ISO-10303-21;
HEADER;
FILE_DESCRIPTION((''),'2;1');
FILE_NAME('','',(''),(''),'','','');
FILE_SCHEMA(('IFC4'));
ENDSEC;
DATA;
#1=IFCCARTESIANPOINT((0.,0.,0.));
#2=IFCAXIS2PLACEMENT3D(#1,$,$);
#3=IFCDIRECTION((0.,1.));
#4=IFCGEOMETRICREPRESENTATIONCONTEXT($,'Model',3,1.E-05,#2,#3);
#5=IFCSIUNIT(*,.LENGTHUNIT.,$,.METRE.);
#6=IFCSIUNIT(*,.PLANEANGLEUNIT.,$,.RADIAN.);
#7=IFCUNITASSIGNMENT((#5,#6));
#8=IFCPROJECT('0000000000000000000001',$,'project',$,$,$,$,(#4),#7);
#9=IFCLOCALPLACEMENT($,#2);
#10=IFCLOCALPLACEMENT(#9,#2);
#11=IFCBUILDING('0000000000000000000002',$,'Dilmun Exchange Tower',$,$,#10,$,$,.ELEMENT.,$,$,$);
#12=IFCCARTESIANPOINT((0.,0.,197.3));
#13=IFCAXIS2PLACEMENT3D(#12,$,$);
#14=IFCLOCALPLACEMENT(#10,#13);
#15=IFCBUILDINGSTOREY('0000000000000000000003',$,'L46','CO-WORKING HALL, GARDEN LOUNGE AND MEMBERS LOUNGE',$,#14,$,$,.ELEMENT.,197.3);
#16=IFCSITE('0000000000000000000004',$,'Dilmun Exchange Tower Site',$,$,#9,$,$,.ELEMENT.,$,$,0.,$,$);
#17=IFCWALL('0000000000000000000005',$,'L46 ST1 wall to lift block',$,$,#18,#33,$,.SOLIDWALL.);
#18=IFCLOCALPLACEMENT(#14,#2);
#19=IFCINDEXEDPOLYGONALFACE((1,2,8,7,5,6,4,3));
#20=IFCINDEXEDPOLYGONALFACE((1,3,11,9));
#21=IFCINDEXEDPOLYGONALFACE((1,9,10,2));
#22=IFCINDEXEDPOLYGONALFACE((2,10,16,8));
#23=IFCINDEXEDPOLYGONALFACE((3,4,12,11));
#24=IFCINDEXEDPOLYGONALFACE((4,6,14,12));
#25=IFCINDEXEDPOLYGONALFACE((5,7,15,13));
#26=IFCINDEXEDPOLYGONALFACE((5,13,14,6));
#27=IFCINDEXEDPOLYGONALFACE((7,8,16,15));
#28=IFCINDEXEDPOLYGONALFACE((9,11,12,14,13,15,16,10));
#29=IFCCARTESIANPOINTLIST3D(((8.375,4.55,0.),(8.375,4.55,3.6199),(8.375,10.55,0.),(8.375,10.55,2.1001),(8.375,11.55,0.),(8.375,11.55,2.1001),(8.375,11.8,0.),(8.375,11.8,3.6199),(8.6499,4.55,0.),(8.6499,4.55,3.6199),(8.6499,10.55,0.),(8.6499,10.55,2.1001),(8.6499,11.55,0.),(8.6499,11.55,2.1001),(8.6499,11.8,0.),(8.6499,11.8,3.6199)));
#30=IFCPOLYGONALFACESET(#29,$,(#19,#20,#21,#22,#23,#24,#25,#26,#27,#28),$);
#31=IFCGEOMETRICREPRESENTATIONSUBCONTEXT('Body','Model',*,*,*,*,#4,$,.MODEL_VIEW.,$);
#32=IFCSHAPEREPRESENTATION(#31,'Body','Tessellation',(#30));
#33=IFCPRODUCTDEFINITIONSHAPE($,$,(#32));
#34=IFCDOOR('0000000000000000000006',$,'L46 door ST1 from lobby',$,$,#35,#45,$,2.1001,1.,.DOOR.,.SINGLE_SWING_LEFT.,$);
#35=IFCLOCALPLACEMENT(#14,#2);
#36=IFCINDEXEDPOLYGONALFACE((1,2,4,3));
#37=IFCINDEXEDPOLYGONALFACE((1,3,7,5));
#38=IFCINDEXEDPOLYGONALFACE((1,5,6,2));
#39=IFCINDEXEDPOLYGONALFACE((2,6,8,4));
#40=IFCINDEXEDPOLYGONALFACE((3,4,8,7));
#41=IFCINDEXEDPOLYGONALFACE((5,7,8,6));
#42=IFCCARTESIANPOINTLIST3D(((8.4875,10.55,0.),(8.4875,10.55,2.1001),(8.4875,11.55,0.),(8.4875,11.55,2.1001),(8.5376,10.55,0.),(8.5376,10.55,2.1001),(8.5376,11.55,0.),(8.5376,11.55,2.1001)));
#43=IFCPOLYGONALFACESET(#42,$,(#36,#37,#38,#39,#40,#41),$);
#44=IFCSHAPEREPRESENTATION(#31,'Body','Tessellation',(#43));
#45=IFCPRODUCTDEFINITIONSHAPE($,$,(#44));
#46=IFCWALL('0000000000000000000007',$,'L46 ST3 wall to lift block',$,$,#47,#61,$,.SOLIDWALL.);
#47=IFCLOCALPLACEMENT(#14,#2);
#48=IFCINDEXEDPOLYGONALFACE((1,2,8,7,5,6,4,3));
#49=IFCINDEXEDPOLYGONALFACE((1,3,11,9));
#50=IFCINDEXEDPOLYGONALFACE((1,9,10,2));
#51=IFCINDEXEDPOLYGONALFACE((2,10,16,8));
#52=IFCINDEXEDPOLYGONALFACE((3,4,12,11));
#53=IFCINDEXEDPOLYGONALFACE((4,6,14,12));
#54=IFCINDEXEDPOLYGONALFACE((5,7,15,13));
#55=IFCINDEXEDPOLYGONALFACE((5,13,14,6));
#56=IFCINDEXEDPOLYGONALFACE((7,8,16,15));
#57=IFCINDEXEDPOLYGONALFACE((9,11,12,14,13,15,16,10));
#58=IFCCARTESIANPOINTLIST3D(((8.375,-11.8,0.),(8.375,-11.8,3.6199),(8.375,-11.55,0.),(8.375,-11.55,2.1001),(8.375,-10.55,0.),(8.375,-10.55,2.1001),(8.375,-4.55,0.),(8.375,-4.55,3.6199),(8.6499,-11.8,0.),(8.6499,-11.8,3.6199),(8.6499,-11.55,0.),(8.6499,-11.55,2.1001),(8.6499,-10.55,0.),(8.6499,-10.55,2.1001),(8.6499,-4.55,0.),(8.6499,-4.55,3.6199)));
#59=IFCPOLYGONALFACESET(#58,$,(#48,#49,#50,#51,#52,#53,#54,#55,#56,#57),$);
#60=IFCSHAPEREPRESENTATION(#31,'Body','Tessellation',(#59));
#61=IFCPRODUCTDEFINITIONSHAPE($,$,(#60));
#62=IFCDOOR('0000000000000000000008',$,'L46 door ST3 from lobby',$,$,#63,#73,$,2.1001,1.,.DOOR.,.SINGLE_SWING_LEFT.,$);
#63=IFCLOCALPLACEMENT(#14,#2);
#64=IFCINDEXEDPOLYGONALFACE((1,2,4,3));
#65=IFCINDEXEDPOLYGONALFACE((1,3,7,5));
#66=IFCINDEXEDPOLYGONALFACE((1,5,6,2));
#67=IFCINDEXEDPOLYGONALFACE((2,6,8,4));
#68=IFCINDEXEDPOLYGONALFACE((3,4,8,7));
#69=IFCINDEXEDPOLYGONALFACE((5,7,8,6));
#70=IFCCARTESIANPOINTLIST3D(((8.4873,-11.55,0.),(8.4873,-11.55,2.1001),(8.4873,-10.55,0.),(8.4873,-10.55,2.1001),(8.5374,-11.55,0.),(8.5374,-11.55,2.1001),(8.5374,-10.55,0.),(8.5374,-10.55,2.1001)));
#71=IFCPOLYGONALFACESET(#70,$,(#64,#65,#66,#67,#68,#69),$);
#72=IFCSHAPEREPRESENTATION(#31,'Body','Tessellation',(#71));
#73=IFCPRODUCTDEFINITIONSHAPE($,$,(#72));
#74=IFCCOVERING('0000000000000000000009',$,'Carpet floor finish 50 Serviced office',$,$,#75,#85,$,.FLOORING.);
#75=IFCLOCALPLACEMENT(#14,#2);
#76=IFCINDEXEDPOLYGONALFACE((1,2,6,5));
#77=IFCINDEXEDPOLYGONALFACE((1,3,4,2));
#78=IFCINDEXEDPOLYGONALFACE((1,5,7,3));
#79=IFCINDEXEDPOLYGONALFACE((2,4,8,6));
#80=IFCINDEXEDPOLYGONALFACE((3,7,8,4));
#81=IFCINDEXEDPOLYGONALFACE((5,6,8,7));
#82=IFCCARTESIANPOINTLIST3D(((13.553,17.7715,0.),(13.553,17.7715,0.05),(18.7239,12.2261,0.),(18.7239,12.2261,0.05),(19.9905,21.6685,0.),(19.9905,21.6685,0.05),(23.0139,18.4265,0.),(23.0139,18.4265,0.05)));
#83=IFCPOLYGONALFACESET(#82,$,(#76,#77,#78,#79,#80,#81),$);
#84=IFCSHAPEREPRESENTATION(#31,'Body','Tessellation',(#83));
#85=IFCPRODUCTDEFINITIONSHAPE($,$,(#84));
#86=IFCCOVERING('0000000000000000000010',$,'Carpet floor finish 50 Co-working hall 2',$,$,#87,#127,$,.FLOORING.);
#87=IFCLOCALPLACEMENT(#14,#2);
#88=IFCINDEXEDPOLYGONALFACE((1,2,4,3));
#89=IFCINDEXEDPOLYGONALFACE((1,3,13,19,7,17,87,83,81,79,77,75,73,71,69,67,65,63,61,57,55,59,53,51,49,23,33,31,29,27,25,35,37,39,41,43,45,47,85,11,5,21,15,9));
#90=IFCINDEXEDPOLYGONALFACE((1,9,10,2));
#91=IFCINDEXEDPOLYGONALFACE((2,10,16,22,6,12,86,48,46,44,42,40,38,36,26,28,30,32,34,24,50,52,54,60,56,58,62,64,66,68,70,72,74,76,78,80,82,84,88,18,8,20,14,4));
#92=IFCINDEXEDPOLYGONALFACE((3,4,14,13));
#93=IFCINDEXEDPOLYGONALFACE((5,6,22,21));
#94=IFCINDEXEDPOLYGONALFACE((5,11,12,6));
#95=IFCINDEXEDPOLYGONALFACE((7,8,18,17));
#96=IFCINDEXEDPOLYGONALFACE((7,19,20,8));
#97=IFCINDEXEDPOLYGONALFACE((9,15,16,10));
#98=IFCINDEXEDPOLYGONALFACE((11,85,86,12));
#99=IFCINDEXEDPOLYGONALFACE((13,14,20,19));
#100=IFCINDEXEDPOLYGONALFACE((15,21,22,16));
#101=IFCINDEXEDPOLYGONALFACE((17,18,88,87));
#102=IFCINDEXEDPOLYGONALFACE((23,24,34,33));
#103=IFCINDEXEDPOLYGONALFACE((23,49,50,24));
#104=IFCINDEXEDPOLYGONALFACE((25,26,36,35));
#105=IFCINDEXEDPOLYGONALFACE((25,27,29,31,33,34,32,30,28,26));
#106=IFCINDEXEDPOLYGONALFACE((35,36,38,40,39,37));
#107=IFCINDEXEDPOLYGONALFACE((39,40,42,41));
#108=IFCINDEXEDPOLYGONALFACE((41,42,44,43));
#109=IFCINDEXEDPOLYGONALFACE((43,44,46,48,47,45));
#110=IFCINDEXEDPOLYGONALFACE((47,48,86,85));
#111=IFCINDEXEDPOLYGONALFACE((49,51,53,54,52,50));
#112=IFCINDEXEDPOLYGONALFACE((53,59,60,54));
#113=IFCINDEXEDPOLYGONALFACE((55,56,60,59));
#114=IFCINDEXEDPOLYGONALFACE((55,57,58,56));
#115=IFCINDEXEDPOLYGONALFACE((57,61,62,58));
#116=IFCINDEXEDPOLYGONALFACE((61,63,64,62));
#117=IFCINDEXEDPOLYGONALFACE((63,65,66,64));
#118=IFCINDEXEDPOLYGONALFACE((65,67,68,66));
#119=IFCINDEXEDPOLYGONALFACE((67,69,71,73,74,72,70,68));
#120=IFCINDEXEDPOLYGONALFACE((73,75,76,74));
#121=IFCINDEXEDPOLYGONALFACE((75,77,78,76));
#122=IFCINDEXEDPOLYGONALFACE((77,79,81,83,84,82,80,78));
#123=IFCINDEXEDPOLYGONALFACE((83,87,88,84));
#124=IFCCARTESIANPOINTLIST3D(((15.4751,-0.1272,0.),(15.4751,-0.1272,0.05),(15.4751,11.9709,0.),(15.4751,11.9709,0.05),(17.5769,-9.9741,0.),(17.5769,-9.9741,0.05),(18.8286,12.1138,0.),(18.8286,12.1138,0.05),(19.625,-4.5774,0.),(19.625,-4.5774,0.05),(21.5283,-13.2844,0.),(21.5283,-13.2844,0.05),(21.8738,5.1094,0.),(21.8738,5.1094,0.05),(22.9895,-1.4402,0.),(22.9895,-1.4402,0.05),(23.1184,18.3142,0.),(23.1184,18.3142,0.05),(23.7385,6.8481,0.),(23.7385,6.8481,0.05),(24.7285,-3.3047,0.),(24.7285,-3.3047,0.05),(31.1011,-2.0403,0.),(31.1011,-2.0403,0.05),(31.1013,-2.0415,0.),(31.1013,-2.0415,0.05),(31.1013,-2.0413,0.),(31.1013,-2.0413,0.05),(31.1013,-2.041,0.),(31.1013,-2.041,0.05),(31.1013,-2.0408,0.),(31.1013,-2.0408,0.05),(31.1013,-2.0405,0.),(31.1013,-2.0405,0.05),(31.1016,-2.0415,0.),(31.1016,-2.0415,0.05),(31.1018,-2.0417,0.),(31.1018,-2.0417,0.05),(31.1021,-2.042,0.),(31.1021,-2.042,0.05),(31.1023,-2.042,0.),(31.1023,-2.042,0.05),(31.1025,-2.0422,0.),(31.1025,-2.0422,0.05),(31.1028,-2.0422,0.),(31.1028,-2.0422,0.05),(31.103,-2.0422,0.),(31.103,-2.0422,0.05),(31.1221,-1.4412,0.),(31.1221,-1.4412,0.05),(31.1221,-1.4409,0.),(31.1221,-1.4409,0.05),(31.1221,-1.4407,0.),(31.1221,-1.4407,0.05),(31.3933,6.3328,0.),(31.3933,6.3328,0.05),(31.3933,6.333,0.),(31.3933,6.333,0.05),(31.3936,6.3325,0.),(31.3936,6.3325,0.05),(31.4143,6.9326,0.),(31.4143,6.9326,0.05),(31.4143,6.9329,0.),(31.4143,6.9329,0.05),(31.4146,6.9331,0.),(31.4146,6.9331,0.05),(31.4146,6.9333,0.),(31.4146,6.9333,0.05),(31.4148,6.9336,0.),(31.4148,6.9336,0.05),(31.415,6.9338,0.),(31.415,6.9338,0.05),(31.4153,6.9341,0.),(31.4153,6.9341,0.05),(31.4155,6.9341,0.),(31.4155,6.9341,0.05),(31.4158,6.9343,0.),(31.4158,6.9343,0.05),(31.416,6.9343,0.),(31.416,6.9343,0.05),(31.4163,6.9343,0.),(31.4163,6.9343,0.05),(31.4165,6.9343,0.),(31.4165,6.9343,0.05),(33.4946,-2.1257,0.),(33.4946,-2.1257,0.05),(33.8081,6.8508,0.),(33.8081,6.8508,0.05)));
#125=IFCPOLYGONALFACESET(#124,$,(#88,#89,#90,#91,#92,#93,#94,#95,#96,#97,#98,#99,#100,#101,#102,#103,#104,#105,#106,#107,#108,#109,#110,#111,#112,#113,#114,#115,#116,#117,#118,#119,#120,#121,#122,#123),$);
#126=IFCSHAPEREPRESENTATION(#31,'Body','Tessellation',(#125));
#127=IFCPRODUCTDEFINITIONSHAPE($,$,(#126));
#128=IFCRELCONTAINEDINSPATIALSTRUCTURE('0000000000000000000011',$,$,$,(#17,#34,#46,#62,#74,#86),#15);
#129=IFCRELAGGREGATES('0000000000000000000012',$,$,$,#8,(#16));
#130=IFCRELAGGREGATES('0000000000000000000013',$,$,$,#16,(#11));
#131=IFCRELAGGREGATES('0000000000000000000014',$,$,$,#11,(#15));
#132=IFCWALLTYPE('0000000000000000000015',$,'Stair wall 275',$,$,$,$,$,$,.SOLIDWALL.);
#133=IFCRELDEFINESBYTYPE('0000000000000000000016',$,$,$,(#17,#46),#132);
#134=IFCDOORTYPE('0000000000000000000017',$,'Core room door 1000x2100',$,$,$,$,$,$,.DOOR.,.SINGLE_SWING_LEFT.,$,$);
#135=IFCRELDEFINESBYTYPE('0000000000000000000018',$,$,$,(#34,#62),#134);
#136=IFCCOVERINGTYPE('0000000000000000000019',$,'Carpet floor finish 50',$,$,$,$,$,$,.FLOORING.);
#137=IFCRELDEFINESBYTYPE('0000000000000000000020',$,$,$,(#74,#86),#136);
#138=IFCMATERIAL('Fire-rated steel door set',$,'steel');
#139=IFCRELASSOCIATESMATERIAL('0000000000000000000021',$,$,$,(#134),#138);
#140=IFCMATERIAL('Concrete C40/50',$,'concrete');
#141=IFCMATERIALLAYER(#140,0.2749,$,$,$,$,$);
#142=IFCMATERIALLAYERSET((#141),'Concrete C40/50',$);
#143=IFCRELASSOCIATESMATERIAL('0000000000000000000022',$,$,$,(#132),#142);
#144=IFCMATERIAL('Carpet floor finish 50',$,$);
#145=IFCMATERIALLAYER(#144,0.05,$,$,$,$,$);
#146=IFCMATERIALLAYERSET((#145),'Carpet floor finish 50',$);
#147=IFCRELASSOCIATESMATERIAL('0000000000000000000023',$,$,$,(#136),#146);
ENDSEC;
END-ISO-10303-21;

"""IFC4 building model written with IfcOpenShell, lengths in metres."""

from ifc_helpers import new_model, si_unit, direction, frame, frame_2d, origin, place, context, subcontext, project, spatial, polyline, rectangle, outline, extrude, material, layer, layer_set, type_object, element, fill, save


model = new_model("IFC4")

# Units and contexts
model_context = context("Model", 3, precision=1e-05, world=origin(), true_north=direction((0.0, 1.0)))
body_context = subcontext(model_context, "Body", "Model", "MODEL_VIEW")
ifc_project = project(units=[si_unit("LENGTHUNIT", "METRE"), si_unit("PLANEANGLEUNIT", "RADIAN")], contexts=[model_context])

# Site, building, storey
site_placement = place(None, origin())
site = spatial("IfcSite", under=ifc_project, at=site_placement, Name="Dilmun Exchange Tower Site", CompositionType="ELEMENT", RefElevation=0.0)
building_placement = place(site_placement, origin())
building = spatial("IfcBuilding", under=site, at=building_placement, Name="Dilmun Exchange Tower", CompositionType="ELEMENT")
storey_placement = place(building_placement, frame((0.0, 0.0, 197.3)))
storey = spatial("IfcBuildingStorey", under=building, at=storey_placement, Name="L46", Description="CO-WORKING HALL, GARDEN LOUNGE AND MEMBERS LOUNGE", CompositionType="ELEMENT", Elevation=197.3)

# Shared definitions
ifc_material_1 = material(Name="Concrete C40/50", Category="concrete")
ifc_material_2 = material(Name="Fire-rated steel door set", Category="steel")

# Shared definitions
door_type_1 = type_object("IfcDoorType", Name="Core room door 1000x2100", OperationType="SINGLE_SWING_LEFT", PredefinedType="DOOR", material=ifc_material_2)

# Walls, openings, doors
ifc_layer_1 = layer(ifc_material_1, 0.2749)
ifc_layer_set_1 = layer_set([ifc_layer_1], Name="Concrete C40/50")
wall_type_1 = type_object("IfcWallType", Name="Stair wall 275", PredefinedType="SOLIDWALL", material=ifc_layer_set_1)
wall_1_placement = place(storey_placement, frame((8.5125, 4.55, 0.0), z_axis=(0.0, 0.0, 1.0), x_axis=(0.0, 1.0, 0.0)))
wall_1 = element("IfcWall", 1, at=wall_1_placement, inside=storey, type_object=wall_type_1, Name="L46 ST1 wall to lift block", PredefinedType="SOLIDWALL", context=body_context, shape_type="SweptSolid", body=[
    extrude(rectangle(XDim=7.25, YDim=0.2749, at=frame_2d((3.625, 0.0))), origin(), (0.0, 0.0, 1.0), 3.6199),
])
opening_1_placement = place(wall_1_placement, frame((6.0, 0.0, 0.0)))
opening_1 = element("IfcOpeningElement", 2, at=opening_1_placement, cuts=wall_1, PredefinedType="OPENING", context=body_context, shape_type="SweptSolid", body=[
    extrude(rectangle(XDim=1.0, YDim=2.1001, at=frame_2d((0.5, 1.05))), frame((0.0, 0.1475, 0.0), z_axis=(0.0, -1.0, 0.0), x_axis=(1.0, 0.0, 0.0)), (0.0, 0.0, 1.0), 0.2949),
])
door_1_placement = place(opening_1_placement, origin())
door_1 = element("IfcDoor", 3, at=door_1_placement, inside=storey, type_object=door_type_1, Name="L46 door ST1 from lobby", OperationType="SINGLE_SWING_LEFT", OverallHeight=2.1001, OverallWidth=1.0, PredefinedType="DOOR", context=body_context, shape_type="SweptSolid", body=[
    extrude(rectangle(XDim=1.0, YDim=2.1001, at=frame_2d((0.5, 1.05))), frame((0.0, 0.0249, 0.0), z_axis=(0.0, -1.0, 0.0), x_axis=(1.0, 0.0, 0.0)), (0.0, 0.0, 1.0), 0.05),
])
fill(opening_1, door_1)
wall_2_placement = place(storey_placement, frame((8.5125, -4.55, 0.0), z_axis=(0.0, 0.0, 1.0), x_axis=(0.0, -1.0, 0.0)))
wall_2 = element("IfcWall", 4, at=wall_2_placement, inside=storey, type_object=wall_type_1, Name="L46 ST3 wall to lift block", PredefinedType="SOLIDWALL", context=body_context, shape_type="SweptSolid", body=[
    extrude(rectangle(XDim=7.25, YDim=0.2749, at=frame_2d((3.625, 0.0))), origin(), (0.0, 0.0, 1.0), 3.6199),
])
opening_2_placement = place(wall_2_placement, frame((6.0, 0.0, 0.0)))
opening_2 = element("IfcOpeningElement", 5, at=opening_2_placement, cuts=wall_2, PredefinedType="OPENING", context=body_context, shape_type="SweptSolid", body=[
    extrude(rectangle(XDim=1.0, YDim=2.1001, at=frame_2d((0.5, 1.05))), frame((0.0, 0.1475, 0.0), z_axis=(0.0, -1.0, 0.0), x_axis=(1.0, 0.0, 0.0)), (0.0, 0.0, 1.0), 0.2949),
])
door_2_placement = place(opening_2_placement, origin())
door_2 = element("IfcDoor", 6, at=door_2_placement, inside=storey, type_object=door_type_1, Name="L46 door ST3 from lobby", OperationType="SINGLE_SWING_LEFT", OverallHeight=2.1001, OverallWidth=1.0, PredefinedType="DOOR", context=body_context, shape_type="SweptSolid", body=[
    extrude(rectangle(XDim=1.0, YDim=2.1001, at=frame_2d((0.5, 1.05))), frame((0.0, 0.0249, 0.0), z_axis=(0.0, -1.0, 0.0), x_axis=(1.0, 0.0, 0.0)), (0.0, 0.0, 1.0), 0.05),
])
fill(opening_2, door_2)

# Coverings
ifc_material_3 = material(Name="Carpet floor finish 50")
ifc_layer_2 = layer(ifc_material_3, 0.05)
ifc_layer_set_2 = layer_set([ifc_layer_2], Name="Carpet floor finish 50")
covering_type = type_object("IfcCoveringType", Name="Carpet floor finish 50", PredefinedType="FLOORING", material=ifc_layer_set_2)
covering_1_placement = place(storey_placement, origin())
element("IfcCovering", 7, at=covering_1_placement, inside=storey, type_object=covering_type, Name="Carpet floor finish 50 Serviced office", PredefinedType="FLOORING", context=body_context, shape_type="SweptSolid", body=[
    extrude(outline(polyline([(19.9905, 21.6685), (23.0139, 18.4265), (18.7239, 12.2261), (13.553, 17.7715), (19.9905, 21.6685)])), origin(), (0.0, 0.0, 1.0), 0.05),
])
covering_2_placement = place(storey_placement, origin())
element("IfcCovering", 8, at=covering_2_placement, inside=storey, type_object=covering_type, Name="Carpet floor finish 50 Co-working hall 2", PredefinedType="FLOORING", context=body_context, shape_type="SweptSolid", body=[
    extrude(outline(polyline([(21.8738, 5.1094), (23.7385, 6.8481), (18.8286, 12.1138), (23.1184, 18.3142), (33.8081, 6.8508), (31.4165, 6.9343), (31.4163, 6.9343), (31.416, 6.9343), (31.416, 6.9343), (31.4158, 6.9343), (31.4155, 6.9341), (31.4153, 6.9341), (31.4153, 6.9341), (31.415, 6.9338), (31.4148, 6.9336), (31.4148, 6.9336), (31.4146, 6.9333), (31.4146, 6.9331), (31.4146, 6.9331), (31.4143, 6.9329), (31.4143, 6.9326), (31.4143, 6.9326), (31.3933, 6.333), (31.3933, 6.3328), (31.3936, 6.3325), (31.3936, 6.3325), (31.1221, -1.4407), (31.1221, -1.4409), (31.1221, -1.4409), (31.1221, -1.4412), (31.1011, -2.0403), (31.1011, -2.0403), (31.1013, -2.0405), (31.1013, -2.0408), (31.1013, -2.041), (31.1013, -2.0413), (31.1013, -2.0415), (31.1016, -2.0415), (31.1018, -2.0417), (31.1018, -2.0417), (31.1021, -2.042), (31.1021, -2.042), (31.1023, -2.042), (31.1025, -2.0422), (31.1028, -2.0422), (31.1028, -2.0422), (31.103, -2.0422), (33.4946, -2.1257), (21.5283, -13.2844), (17.5769, -9.9741), (24.7285, -3.3047), (22.9895, -1.4402), (19.625, -4.5774), (15.4751, -0.1272), (15.4751, 11.9709), (21.8738, 5.1094)])), origin(), (0.0, 0.0, 1.0), 0.05),
])

save(model, "model.ifc")
